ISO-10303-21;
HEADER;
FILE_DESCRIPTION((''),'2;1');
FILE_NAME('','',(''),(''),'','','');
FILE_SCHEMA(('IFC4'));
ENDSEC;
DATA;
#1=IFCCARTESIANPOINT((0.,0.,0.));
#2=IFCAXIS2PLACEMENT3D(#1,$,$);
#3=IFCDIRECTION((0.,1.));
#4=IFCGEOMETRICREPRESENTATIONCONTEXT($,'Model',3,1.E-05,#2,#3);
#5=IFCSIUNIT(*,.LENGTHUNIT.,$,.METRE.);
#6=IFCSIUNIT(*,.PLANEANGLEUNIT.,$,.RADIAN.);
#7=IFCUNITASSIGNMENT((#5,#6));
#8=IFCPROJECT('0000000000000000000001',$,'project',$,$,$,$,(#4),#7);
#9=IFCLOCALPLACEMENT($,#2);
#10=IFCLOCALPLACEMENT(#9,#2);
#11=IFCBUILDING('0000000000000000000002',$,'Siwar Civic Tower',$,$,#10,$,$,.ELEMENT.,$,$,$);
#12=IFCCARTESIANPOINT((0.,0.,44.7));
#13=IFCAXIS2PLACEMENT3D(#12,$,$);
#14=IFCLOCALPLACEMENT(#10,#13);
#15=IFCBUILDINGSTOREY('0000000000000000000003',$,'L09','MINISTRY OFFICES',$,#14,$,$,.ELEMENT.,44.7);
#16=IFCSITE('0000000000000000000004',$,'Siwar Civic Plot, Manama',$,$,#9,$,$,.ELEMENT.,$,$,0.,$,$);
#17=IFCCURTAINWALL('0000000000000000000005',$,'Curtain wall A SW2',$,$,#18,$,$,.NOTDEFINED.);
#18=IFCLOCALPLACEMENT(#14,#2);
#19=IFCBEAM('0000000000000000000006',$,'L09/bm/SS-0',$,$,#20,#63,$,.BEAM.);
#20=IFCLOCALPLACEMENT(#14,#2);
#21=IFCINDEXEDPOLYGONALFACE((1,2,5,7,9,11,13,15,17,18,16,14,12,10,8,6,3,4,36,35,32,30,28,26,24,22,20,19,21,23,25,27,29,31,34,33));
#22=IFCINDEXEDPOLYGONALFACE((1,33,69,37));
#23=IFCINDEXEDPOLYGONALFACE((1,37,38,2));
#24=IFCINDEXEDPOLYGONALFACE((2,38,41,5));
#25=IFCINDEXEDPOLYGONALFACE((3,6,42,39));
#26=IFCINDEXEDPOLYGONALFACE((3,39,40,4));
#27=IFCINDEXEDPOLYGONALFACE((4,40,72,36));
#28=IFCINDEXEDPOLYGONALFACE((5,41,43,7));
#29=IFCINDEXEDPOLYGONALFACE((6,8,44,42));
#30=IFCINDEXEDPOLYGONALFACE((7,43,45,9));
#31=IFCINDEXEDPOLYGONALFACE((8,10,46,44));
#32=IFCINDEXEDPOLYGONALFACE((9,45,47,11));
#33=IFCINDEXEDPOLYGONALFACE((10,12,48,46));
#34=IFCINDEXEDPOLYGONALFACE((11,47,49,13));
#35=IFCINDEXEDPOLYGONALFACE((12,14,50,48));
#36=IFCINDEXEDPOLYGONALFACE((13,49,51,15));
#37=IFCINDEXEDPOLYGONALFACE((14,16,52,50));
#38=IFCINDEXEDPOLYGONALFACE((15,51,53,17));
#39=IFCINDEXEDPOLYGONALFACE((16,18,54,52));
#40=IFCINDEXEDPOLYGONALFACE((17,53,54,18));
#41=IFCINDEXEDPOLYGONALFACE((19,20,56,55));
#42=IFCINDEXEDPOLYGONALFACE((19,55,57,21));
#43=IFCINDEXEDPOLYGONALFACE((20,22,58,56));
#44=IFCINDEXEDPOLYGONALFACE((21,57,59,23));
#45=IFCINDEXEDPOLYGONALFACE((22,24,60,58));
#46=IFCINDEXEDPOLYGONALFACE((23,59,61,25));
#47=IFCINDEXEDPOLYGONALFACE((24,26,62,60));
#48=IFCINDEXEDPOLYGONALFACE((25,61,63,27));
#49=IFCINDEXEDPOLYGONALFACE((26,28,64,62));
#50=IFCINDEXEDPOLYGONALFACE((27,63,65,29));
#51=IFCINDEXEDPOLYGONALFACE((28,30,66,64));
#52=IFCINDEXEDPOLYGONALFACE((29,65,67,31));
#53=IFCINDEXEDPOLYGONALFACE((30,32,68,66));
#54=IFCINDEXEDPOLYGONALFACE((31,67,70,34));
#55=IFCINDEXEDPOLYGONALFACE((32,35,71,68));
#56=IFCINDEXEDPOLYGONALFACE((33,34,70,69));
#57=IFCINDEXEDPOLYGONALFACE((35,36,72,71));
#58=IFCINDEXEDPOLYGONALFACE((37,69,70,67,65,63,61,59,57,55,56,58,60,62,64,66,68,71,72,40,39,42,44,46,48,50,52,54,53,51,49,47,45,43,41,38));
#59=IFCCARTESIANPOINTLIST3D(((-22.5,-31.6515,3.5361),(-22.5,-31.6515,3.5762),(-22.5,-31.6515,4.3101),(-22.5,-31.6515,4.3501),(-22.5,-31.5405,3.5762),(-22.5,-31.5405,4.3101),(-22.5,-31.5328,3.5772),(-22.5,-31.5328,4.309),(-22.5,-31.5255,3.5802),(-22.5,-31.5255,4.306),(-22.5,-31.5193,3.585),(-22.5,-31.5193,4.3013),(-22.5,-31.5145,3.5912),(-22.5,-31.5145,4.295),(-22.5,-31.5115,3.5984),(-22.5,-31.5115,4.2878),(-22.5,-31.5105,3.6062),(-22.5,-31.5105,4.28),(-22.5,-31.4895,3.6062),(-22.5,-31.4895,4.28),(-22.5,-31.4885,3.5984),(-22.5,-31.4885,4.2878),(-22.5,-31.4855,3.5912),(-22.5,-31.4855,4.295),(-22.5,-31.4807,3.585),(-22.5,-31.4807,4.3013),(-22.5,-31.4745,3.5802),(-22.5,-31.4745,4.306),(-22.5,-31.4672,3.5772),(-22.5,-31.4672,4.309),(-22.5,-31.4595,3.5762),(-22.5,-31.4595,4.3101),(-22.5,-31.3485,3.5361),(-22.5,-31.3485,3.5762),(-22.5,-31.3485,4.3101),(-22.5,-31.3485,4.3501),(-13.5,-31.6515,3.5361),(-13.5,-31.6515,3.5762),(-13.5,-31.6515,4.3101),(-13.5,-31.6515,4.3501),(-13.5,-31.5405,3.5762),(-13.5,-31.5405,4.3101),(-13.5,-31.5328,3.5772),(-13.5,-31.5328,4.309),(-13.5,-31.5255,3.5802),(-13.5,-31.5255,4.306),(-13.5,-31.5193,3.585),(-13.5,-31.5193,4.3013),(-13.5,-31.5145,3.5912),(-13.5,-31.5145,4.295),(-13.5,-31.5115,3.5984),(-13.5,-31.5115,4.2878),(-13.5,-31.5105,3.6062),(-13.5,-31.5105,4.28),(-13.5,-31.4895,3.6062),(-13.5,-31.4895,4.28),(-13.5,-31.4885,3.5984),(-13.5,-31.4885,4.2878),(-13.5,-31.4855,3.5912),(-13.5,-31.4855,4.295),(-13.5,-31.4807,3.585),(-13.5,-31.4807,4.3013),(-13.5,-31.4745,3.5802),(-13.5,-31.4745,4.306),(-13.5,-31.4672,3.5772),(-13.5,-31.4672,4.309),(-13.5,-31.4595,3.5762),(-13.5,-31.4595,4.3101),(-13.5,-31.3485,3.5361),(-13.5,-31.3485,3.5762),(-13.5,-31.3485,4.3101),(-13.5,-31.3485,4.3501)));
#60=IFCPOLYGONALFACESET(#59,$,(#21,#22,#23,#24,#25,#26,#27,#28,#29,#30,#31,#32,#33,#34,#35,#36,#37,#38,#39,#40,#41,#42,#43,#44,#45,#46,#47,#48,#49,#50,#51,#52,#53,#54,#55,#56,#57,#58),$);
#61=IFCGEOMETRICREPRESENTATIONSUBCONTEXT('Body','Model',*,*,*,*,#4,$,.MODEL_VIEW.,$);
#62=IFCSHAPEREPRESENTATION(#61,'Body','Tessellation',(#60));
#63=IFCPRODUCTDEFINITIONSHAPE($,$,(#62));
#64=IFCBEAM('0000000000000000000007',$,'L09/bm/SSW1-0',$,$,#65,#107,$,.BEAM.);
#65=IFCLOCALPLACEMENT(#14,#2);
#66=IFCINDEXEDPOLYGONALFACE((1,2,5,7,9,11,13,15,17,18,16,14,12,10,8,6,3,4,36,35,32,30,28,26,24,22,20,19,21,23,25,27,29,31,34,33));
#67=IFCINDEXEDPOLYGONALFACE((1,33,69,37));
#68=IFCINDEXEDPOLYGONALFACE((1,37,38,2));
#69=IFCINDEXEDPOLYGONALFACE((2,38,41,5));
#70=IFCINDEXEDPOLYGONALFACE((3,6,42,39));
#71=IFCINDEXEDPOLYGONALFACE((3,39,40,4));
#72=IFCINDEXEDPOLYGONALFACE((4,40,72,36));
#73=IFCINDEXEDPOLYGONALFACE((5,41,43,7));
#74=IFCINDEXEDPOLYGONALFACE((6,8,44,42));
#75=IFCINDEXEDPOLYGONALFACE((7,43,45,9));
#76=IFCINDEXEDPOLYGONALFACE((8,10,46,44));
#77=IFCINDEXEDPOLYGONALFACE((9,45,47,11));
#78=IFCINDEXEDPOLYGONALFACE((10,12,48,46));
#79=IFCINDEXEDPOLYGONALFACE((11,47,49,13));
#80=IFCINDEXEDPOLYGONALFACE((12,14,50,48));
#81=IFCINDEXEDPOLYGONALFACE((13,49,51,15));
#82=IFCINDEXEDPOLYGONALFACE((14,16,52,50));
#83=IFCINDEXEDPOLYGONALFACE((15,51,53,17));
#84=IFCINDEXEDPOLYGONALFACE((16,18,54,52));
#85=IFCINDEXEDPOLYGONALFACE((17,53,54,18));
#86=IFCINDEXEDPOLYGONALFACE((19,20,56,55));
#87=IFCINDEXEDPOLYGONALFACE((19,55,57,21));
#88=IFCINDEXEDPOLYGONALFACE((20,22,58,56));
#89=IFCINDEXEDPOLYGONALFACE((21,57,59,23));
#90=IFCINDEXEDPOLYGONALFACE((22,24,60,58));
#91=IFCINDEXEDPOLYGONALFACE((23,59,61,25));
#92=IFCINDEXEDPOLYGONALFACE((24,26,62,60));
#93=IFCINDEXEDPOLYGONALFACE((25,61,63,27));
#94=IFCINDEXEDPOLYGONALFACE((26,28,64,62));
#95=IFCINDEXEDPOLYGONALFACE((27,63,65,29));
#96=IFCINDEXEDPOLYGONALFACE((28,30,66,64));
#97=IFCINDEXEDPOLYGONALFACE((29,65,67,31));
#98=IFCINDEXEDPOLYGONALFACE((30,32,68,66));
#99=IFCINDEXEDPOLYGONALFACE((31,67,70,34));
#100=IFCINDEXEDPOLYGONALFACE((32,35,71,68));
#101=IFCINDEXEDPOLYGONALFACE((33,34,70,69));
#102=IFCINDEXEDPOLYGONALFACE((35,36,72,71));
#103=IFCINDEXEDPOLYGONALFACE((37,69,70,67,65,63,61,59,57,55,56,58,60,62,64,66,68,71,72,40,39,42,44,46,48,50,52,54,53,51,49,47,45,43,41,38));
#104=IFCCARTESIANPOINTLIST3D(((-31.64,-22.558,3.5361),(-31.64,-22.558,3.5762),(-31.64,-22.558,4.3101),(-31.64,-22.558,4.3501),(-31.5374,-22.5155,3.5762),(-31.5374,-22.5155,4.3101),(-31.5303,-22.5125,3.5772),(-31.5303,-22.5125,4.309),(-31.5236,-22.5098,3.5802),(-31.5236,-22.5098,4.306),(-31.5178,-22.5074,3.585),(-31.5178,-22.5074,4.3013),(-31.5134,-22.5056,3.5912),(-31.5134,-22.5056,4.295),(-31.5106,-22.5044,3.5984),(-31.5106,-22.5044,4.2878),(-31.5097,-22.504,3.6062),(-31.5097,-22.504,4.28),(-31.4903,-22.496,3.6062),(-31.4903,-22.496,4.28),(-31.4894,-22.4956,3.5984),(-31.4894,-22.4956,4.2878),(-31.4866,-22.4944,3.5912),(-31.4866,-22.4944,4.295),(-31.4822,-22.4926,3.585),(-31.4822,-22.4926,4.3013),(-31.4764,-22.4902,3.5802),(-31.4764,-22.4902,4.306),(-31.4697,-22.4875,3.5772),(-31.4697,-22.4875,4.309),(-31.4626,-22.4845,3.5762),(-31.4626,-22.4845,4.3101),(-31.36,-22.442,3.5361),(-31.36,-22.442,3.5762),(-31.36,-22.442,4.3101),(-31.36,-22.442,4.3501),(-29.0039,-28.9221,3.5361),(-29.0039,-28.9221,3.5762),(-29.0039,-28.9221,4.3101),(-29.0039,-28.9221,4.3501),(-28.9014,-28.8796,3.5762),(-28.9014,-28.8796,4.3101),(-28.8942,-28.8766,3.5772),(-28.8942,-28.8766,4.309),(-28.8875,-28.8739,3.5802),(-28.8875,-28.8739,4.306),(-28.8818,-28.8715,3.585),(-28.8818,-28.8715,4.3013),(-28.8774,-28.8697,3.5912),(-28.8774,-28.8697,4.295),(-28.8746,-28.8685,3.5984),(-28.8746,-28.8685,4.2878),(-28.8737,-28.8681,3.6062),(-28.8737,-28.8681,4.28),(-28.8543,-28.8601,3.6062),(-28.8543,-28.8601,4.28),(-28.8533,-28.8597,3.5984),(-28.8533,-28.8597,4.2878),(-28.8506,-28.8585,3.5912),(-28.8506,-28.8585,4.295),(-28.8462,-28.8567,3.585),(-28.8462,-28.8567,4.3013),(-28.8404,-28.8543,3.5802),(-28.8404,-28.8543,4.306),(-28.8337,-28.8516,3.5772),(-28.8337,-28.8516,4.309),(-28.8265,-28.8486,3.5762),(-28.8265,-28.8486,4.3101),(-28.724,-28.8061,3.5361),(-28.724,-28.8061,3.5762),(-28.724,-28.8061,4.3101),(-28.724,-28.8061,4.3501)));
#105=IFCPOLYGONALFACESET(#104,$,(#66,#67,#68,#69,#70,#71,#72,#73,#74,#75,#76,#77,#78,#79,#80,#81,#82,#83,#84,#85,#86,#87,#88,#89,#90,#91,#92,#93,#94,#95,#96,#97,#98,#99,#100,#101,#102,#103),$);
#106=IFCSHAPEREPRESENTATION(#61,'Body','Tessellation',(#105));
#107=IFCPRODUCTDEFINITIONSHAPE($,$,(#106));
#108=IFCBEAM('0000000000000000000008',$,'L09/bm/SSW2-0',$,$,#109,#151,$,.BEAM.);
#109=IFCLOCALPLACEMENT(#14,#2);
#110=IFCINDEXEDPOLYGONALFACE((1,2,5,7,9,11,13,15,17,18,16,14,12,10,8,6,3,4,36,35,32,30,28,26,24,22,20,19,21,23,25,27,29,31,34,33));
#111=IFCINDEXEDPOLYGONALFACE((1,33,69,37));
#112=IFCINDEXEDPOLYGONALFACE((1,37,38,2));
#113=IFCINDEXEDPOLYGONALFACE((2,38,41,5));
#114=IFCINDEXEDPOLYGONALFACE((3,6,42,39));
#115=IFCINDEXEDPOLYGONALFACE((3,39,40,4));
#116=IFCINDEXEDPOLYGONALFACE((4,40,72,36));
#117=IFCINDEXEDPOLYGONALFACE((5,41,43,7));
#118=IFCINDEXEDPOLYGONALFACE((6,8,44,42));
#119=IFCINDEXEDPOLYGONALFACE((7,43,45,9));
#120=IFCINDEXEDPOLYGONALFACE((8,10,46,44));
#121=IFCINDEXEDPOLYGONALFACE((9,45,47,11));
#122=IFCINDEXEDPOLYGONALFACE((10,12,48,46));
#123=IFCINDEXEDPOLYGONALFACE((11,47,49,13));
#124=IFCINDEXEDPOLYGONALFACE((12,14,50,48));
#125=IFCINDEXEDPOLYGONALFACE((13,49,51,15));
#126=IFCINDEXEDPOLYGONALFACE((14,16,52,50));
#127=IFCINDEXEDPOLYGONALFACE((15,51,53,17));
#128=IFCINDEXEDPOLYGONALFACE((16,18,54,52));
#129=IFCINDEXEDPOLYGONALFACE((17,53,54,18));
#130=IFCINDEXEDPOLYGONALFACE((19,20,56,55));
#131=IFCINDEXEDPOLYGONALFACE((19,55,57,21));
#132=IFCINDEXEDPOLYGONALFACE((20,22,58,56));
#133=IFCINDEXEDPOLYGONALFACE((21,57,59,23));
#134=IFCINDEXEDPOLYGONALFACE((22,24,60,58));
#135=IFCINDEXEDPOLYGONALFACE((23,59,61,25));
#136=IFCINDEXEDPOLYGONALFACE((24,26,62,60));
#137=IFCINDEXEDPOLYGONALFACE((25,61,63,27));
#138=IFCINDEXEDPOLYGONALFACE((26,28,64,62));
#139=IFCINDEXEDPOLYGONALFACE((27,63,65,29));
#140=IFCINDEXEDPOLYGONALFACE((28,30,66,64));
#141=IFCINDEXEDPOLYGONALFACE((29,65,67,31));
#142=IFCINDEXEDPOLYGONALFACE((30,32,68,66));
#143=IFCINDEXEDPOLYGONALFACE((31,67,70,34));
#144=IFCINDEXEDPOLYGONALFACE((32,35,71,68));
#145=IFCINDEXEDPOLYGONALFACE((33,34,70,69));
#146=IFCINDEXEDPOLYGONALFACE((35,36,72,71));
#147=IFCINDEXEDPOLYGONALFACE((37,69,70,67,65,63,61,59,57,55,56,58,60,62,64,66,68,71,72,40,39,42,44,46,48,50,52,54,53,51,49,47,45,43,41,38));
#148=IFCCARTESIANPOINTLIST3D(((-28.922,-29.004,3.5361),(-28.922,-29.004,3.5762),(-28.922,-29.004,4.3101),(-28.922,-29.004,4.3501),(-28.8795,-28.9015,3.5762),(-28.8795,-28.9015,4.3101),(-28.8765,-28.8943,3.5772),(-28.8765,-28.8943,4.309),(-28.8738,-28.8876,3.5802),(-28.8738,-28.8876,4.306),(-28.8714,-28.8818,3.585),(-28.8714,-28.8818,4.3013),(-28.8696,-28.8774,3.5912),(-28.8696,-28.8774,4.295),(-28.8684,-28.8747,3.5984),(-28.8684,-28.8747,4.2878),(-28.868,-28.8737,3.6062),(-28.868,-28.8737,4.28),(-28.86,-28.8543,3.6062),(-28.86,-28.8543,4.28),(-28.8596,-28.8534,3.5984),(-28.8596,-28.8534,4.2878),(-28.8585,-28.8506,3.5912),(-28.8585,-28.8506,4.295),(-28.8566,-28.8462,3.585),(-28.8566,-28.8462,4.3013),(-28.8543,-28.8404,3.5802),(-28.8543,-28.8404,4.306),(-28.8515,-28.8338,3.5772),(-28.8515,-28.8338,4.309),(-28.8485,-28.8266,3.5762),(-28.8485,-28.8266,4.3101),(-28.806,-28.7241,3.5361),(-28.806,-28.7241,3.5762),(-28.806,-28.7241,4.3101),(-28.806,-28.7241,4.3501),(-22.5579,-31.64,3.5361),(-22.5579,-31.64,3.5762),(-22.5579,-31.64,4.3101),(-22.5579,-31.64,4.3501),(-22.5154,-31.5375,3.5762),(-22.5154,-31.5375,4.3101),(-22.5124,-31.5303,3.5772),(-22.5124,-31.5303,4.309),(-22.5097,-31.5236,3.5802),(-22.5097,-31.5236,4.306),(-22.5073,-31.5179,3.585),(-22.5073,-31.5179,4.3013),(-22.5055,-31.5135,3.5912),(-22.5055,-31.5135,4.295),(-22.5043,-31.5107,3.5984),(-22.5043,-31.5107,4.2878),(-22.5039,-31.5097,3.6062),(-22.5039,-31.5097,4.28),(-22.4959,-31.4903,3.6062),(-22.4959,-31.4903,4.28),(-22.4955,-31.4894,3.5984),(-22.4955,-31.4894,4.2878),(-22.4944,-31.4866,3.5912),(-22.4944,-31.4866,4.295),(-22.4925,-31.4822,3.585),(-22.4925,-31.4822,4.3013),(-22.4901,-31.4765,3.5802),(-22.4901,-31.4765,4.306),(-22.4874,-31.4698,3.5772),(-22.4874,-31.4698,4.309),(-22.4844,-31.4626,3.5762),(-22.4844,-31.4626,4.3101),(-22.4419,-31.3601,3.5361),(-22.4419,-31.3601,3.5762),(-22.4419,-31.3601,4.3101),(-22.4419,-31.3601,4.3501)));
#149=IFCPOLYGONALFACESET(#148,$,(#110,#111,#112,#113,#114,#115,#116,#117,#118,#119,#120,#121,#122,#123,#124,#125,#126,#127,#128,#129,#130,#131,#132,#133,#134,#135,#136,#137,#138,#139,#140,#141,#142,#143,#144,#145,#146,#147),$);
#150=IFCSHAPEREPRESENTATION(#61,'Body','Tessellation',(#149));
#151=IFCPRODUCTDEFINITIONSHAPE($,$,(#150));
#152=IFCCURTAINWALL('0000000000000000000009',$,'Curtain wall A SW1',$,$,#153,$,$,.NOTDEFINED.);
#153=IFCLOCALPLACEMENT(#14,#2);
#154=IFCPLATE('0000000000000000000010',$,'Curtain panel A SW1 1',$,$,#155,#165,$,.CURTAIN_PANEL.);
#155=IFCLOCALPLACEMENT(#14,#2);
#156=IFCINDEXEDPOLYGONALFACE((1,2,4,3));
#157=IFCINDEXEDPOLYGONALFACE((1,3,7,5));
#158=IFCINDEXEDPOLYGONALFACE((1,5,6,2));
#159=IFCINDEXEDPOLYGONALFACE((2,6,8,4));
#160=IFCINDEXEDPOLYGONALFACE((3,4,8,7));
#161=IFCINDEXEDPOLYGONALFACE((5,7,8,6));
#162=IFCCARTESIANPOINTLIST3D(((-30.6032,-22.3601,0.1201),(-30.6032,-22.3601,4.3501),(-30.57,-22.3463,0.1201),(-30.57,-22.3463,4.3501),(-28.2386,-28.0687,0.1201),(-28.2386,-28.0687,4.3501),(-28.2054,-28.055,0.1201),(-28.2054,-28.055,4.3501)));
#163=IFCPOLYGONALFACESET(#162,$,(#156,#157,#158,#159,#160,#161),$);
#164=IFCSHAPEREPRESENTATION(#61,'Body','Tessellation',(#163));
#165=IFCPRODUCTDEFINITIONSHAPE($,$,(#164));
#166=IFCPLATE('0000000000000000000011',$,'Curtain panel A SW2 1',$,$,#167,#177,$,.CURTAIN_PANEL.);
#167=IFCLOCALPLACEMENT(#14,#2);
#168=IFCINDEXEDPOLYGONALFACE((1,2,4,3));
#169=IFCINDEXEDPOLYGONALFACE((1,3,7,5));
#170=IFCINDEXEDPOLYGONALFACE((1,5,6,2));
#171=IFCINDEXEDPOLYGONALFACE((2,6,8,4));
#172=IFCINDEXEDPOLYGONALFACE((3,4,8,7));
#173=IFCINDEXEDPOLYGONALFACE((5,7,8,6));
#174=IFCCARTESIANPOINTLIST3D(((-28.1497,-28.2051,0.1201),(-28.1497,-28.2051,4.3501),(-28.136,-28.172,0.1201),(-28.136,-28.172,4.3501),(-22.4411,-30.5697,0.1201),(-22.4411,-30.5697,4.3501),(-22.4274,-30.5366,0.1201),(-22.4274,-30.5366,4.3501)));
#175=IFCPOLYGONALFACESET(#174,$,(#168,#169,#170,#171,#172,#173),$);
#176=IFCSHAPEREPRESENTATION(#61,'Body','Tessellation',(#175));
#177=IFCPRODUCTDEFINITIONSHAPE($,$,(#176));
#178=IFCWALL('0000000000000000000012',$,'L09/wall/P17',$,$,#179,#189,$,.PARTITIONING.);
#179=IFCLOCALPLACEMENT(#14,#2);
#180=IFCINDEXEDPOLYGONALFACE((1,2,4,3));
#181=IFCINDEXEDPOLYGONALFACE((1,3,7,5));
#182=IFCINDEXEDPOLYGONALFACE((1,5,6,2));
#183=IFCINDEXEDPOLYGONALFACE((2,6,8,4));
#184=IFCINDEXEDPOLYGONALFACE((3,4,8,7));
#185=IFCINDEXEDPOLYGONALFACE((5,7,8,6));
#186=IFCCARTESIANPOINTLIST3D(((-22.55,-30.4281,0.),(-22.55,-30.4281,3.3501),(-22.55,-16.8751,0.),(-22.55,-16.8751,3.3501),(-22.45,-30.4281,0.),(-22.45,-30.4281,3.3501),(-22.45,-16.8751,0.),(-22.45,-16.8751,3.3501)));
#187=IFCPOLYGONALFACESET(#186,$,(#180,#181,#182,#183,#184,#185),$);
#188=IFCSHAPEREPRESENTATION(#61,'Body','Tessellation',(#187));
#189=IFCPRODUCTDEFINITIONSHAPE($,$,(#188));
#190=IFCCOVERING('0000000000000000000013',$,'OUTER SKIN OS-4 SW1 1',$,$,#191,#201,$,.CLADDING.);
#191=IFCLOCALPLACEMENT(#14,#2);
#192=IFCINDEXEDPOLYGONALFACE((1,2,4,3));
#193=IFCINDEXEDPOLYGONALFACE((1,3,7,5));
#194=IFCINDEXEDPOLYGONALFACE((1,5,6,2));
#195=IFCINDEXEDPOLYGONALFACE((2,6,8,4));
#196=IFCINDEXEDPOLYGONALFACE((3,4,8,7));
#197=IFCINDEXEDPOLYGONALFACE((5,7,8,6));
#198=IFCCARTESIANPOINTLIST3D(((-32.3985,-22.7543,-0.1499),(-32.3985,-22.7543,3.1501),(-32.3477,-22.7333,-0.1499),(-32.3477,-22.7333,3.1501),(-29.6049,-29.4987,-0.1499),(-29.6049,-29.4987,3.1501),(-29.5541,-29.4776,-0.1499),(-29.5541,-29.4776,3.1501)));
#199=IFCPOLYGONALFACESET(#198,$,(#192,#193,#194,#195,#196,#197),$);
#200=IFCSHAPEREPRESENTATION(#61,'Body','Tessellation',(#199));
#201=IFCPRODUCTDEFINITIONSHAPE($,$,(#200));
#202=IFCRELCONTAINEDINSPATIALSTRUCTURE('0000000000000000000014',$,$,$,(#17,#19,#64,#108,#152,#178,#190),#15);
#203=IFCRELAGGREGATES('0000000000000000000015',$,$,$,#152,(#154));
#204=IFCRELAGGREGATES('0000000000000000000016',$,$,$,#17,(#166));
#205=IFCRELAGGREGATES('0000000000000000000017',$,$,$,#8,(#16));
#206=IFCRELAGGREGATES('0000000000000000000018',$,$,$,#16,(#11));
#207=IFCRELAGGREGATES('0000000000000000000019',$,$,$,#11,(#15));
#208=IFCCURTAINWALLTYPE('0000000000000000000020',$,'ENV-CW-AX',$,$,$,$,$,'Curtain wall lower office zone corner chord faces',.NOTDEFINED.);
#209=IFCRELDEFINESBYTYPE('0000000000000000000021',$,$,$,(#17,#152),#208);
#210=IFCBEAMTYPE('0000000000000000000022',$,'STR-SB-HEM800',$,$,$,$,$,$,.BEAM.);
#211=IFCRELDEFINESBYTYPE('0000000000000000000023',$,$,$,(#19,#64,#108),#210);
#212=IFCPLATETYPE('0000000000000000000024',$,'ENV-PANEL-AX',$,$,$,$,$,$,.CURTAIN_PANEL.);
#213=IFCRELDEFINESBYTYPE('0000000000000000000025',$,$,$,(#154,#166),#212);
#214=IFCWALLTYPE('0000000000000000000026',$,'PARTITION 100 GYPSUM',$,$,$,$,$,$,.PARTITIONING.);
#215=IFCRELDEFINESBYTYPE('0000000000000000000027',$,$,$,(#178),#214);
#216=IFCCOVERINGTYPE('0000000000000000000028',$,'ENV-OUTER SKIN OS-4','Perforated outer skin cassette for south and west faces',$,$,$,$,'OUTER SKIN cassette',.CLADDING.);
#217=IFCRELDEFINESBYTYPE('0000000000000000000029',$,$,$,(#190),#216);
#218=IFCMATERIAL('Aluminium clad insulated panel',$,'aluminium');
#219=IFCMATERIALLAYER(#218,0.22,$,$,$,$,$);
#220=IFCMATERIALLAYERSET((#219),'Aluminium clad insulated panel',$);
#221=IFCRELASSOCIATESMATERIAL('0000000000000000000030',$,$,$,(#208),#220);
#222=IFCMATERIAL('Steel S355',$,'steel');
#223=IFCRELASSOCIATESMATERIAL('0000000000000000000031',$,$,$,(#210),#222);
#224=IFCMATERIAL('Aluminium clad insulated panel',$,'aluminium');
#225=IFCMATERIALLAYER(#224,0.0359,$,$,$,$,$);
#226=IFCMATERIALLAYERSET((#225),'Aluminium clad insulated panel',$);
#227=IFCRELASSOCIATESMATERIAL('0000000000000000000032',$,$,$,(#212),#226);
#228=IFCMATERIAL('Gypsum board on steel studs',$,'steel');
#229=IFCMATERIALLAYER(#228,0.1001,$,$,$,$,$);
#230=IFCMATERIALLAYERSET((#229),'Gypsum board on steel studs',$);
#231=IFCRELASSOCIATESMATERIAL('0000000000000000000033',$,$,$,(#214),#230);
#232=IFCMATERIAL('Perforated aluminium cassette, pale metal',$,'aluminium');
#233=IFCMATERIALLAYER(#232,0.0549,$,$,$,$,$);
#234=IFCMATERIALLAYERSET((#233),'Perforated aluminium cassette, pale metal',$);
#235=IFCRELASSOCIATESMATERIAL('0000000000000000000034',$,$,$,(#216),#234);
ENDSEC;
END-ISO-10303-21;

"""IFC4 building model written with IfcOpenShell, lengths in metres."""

from ifc_helpers import new_model, si_unit, direction, frame, frame_2d, origin, origin_2d, place, context, subcontext, project, spatial, rectangle, i_section, extrude, material, layer, layer_set, material_profile, profile_set, type_object, element, aggregate, save


model = new_model("IFC4")

# Units and contexts
model_context = context("Model", 3, precision=1e-05, world=origin(), true_north=direction((0.0, 1.0)))
body_context = subcontext(model_context, "Body", "Model", "MODEL_VIEW")
ifc_project = project(units=[si_unit("LENGTHUNIT", "METRE"), si_unit("PLANEANGLEUNIT", "RADIAN")], contexts=[model_context])

# Site, building, storey
site_placement = place(None, origin())
site = spatial("IfcSite", under=ifc_project, at=site_placement, Name="Siwar Civic Plot, Manama", CompositionType="ELEMENT", RefElevation=0.0)
building_placement = place(site_placement, origin())
building = spatial("IfcBuilding", under=site, at=building_placement, Name="Siwar Civic Tower", CompositionType="ELEMENT")
storey_placement = place(building_placement, frame((0.0, 0.0, 44.7)))
storey = spatial("IfcBuildingStorey", under=building, at=storey_placement, Name="L09", Description="MINISTRY OFFICES", CompositionType="ELEMENT", Elevation=44.7)

# Curtain wall
ifc_material_1 = material(Name="Aluminium clad insulated panel", Category="aluminium")
ifc_layer_1 = layer(ifc_material_1, 0.22)
ifc_layer_set_1 = layer_set([ifc_layer_1], Name="Aluminium clad insulated panel")
curtain_wall_type_1 = type_object("IfcCurtainWallType", Name="ENV-CW-AX", ElementType="Curtain wall lower office zone corner chord faces", PredefinedType="NOTDEFINED", material=ifc_layer_set_1)
curtain_wall_1_placement = place(storey_placement, origin())
curtain_wall_1 = element("IfcCurtainWall", 1, at=curtain_wall_1_placement, inside=storey, type_object=curtain_wall_type_1, Name="Curtain wall A SW2", PredefinedType="NOTDEFINED")

# Beams
ifc_material_2 = material(Name="Steel S355", Category="steel")
ifc_material_profile_1 = material_profile(ifc_material_2, i_section(OverallWidth=0.303, OverallDepth=0.814, WebThickness=0.021, FlangeThickness=0.04, FilletRadius=0.03, at=origin_2d()), Name="HEM800")
ifc_profile_set_1 = profile_set([ifc_material_profile_1], Name="Steel S355")
beam_type_1 = type_object("IfcBeamType", Name="STR-SB-HEM800", PredefinedType="BEAM", material=ifc_profile_set_1)
beam_1_placement = place(storey_placement, frame((-22.5, -31.5, 3.9431), z_axis=(1.0, 0.0, 0.0), x_axis=(0.0, 1.0, 0.0)))
element("IfcBeam", 2, at=beam_1_placement, inside=storey, type_object=beam_type_1, Name="L09/bm/SS-0", PredefinedType="BEAM", context=body_context, shape_type="SweptSolid", body=[
    extrude(i_section(OverallWidth=0.303, OverallDepth=0.814, WebThickness=0.021, FlangeThickness=0.04, FilletRadius=0.03, at=origin_2d()), origin(), (0.0, 0.0, 1.0), 9.0),
])
for number, where, z_axis, x_axis, name in (
    (3, (-31.5, -22.5, 3.9431), (0.382674, -0.923883, 0.0), (0.923883, 0.382674, 0.0), "L09/bm/SSW1-0"),
    (4, (-28.864, -28.864, 3.9431), (0.923883, -0.382674, 0.0), (0.382674, 0.923883, 0.0), "L09/bm/SSW2-0"),
):
    element("IfcBeam", number, at=place(storey_placement, frame(where, z_axis=z_axis, x_axis=x_axis)), inside=storey, type_object=beam_type_1, Name=name, PredefinedType="BEAM", context=body_context, shape_type="SweptSolid", body=[
        extrude(i_section(OverallWidth=0.303, OverallDepth=0.814, WebThickness=0.021, FlangeThickness=0.04, FilletRadius=0.03, at=origin_2d()), origin(), (0.0, 0.0, 1.0), 6.8884),
    ])

# Curtain wall, plate
curtain_wall_2_placement = place(storey_placement, origin())
curtain_wall_2 = element("IfcCurtainWall", 5, at=curtain_wall_2_placement, inside=storey, type_object=curtain_wall_type_1, Name="Curtain wall A SW1", PredefinedType="NOTDEFINED")
ifc_material_3 = material(Name="Aluminium clad insulated panel", Category="aluminium")
ifc_layer_2 = layer(ifc_material_3, 0.0359)
ifc_layer_set_2 = layer_set([ifc_layer_2], Name="Aluminium clad insulated panel")
plate_type = type_object("IfcPlateType", Name="ENV-PANEL-AX", PredefinedType="CURTAIN_PANEL", material=ifc_layer_set_2)
plate_1_placement = place(storey_placement, frame((-29.4043, -25.2075, 0.1201), z_axis=(0.0, 0.0, 1.0), x_axis=(0.382683, -0.92388, 0.0)))
plate_1 = element("IfcPlate", 6, at=plate_1_placement, type_object=plate_type, Name="Curtain panel A SW1 1", PredefinedType="CURTAIN_PANEL", context=body_context, shape_type="SweptSolid", body=[
    extrude(rectangle(XDim=6.179, YDim=0.0359, at=origin_2d()), origin(), (0.0, 0.0, 1.0), 4.23),
])
aggregate(curtain_wall_2, [plate_1])

# Plate
plate_2_placement = place(storey_placement, frame((-25.2886, -29.3708, 0.1201), z_axis=(0.0, 0.0, 1.0), x_axis=(0.92388, -0.382683, 0.0)))
plate_2 = element("IfcPlate", 7, at=plate_2_placement, type_object=plate_type, Name="Curtain panel A SW2 1", PredefinedType="CURTAIN_PANEL", context=body_context, shape_type="SweptSolid", body=[
    extrude(rectangle(XDim=6.179, YDim=0.0359, at=origin_2d()), origin(), (0.0, 0.0, 1.0), 4.23),
])
aggregate(curtain_wall_1, [plate_2])

# Wall
ifc_material_4 = material(Name="Gypsum board on steel studs", Category="steel")
ifc_layer_3 = layer(ifc_material_4, 0.1001)
ifc_layer_set_3 = layer_set([ifc_layer_3], Name="Gypsum board on steel studs")
wall_type = type_object("IfcWallType", Name="PARTITION 100 GYPSUM", PredefinedType="PARTITIONING", material=ifc_layer_set_3)
wall_placement = place(storey_placement, frame((-22.5, -30.428, 0.0), z_axis=(0.0, 0.0, 1.0), x_axis=(0.0, 1.0, 0.0)))
element("IfcWall", 8, at=wall_placement, inside=storey, type_object=wall_type, Name="L09/wall/P17", PredefinedType="PARTITIONING", context=body_context, shape_type="SweptSolid", body=[
    extrude(rectangle(XDim=13.553, YDim=0.1001, at=frame_2d((6.7764, 0.0))), origin(), (0.0, 0.0, 1.0), 3.3501),
])

# Covering
ifc_material_5 = material(Name="Perforated aluminium cassette, pale metal", Category="aluminium")
ifc_layer_4 = layer(ifc_material_5, 0.0549)
ifc_layer_set_4 = layer_set([ifc_layer_4], Name="Perforated aluminium cassette, pale metal")
covering_type = type_object("IfcCoveringType", Name="ENV-OUTER SKIN OS-4", Description="Perforated outer skin cassette for south and west faces", ElementType="OUTER SKIN cassette", PredefinedType="CLADDING", material=ifc_layer_set_4)
for number, where, z_axis, x_axis, name in (
    (9, (-30.9763, -26.116, -0.1499), (0.0, 0.0, 1.0), (0.382683, -0.92388, 0.0), "OUTER SKIN OS-4 SW1 1"),
):
    element("IfcCovering", number, at=place(storey_placement, frame(where, z_axis=z_axis, x_axis=x_axis)), inside=storey, type_object=covering_type, Name=name, PredefinedType="CLADDING", context=body_context, shape_type="SweptSolid", body=[
        extrude(rectangle(XDim=7.3, YDim=0.0549, at=origin_2d()), origin(), (0.0, 0.0, 1.0), 3.3),
    ])

save(model, "model.ifc")
